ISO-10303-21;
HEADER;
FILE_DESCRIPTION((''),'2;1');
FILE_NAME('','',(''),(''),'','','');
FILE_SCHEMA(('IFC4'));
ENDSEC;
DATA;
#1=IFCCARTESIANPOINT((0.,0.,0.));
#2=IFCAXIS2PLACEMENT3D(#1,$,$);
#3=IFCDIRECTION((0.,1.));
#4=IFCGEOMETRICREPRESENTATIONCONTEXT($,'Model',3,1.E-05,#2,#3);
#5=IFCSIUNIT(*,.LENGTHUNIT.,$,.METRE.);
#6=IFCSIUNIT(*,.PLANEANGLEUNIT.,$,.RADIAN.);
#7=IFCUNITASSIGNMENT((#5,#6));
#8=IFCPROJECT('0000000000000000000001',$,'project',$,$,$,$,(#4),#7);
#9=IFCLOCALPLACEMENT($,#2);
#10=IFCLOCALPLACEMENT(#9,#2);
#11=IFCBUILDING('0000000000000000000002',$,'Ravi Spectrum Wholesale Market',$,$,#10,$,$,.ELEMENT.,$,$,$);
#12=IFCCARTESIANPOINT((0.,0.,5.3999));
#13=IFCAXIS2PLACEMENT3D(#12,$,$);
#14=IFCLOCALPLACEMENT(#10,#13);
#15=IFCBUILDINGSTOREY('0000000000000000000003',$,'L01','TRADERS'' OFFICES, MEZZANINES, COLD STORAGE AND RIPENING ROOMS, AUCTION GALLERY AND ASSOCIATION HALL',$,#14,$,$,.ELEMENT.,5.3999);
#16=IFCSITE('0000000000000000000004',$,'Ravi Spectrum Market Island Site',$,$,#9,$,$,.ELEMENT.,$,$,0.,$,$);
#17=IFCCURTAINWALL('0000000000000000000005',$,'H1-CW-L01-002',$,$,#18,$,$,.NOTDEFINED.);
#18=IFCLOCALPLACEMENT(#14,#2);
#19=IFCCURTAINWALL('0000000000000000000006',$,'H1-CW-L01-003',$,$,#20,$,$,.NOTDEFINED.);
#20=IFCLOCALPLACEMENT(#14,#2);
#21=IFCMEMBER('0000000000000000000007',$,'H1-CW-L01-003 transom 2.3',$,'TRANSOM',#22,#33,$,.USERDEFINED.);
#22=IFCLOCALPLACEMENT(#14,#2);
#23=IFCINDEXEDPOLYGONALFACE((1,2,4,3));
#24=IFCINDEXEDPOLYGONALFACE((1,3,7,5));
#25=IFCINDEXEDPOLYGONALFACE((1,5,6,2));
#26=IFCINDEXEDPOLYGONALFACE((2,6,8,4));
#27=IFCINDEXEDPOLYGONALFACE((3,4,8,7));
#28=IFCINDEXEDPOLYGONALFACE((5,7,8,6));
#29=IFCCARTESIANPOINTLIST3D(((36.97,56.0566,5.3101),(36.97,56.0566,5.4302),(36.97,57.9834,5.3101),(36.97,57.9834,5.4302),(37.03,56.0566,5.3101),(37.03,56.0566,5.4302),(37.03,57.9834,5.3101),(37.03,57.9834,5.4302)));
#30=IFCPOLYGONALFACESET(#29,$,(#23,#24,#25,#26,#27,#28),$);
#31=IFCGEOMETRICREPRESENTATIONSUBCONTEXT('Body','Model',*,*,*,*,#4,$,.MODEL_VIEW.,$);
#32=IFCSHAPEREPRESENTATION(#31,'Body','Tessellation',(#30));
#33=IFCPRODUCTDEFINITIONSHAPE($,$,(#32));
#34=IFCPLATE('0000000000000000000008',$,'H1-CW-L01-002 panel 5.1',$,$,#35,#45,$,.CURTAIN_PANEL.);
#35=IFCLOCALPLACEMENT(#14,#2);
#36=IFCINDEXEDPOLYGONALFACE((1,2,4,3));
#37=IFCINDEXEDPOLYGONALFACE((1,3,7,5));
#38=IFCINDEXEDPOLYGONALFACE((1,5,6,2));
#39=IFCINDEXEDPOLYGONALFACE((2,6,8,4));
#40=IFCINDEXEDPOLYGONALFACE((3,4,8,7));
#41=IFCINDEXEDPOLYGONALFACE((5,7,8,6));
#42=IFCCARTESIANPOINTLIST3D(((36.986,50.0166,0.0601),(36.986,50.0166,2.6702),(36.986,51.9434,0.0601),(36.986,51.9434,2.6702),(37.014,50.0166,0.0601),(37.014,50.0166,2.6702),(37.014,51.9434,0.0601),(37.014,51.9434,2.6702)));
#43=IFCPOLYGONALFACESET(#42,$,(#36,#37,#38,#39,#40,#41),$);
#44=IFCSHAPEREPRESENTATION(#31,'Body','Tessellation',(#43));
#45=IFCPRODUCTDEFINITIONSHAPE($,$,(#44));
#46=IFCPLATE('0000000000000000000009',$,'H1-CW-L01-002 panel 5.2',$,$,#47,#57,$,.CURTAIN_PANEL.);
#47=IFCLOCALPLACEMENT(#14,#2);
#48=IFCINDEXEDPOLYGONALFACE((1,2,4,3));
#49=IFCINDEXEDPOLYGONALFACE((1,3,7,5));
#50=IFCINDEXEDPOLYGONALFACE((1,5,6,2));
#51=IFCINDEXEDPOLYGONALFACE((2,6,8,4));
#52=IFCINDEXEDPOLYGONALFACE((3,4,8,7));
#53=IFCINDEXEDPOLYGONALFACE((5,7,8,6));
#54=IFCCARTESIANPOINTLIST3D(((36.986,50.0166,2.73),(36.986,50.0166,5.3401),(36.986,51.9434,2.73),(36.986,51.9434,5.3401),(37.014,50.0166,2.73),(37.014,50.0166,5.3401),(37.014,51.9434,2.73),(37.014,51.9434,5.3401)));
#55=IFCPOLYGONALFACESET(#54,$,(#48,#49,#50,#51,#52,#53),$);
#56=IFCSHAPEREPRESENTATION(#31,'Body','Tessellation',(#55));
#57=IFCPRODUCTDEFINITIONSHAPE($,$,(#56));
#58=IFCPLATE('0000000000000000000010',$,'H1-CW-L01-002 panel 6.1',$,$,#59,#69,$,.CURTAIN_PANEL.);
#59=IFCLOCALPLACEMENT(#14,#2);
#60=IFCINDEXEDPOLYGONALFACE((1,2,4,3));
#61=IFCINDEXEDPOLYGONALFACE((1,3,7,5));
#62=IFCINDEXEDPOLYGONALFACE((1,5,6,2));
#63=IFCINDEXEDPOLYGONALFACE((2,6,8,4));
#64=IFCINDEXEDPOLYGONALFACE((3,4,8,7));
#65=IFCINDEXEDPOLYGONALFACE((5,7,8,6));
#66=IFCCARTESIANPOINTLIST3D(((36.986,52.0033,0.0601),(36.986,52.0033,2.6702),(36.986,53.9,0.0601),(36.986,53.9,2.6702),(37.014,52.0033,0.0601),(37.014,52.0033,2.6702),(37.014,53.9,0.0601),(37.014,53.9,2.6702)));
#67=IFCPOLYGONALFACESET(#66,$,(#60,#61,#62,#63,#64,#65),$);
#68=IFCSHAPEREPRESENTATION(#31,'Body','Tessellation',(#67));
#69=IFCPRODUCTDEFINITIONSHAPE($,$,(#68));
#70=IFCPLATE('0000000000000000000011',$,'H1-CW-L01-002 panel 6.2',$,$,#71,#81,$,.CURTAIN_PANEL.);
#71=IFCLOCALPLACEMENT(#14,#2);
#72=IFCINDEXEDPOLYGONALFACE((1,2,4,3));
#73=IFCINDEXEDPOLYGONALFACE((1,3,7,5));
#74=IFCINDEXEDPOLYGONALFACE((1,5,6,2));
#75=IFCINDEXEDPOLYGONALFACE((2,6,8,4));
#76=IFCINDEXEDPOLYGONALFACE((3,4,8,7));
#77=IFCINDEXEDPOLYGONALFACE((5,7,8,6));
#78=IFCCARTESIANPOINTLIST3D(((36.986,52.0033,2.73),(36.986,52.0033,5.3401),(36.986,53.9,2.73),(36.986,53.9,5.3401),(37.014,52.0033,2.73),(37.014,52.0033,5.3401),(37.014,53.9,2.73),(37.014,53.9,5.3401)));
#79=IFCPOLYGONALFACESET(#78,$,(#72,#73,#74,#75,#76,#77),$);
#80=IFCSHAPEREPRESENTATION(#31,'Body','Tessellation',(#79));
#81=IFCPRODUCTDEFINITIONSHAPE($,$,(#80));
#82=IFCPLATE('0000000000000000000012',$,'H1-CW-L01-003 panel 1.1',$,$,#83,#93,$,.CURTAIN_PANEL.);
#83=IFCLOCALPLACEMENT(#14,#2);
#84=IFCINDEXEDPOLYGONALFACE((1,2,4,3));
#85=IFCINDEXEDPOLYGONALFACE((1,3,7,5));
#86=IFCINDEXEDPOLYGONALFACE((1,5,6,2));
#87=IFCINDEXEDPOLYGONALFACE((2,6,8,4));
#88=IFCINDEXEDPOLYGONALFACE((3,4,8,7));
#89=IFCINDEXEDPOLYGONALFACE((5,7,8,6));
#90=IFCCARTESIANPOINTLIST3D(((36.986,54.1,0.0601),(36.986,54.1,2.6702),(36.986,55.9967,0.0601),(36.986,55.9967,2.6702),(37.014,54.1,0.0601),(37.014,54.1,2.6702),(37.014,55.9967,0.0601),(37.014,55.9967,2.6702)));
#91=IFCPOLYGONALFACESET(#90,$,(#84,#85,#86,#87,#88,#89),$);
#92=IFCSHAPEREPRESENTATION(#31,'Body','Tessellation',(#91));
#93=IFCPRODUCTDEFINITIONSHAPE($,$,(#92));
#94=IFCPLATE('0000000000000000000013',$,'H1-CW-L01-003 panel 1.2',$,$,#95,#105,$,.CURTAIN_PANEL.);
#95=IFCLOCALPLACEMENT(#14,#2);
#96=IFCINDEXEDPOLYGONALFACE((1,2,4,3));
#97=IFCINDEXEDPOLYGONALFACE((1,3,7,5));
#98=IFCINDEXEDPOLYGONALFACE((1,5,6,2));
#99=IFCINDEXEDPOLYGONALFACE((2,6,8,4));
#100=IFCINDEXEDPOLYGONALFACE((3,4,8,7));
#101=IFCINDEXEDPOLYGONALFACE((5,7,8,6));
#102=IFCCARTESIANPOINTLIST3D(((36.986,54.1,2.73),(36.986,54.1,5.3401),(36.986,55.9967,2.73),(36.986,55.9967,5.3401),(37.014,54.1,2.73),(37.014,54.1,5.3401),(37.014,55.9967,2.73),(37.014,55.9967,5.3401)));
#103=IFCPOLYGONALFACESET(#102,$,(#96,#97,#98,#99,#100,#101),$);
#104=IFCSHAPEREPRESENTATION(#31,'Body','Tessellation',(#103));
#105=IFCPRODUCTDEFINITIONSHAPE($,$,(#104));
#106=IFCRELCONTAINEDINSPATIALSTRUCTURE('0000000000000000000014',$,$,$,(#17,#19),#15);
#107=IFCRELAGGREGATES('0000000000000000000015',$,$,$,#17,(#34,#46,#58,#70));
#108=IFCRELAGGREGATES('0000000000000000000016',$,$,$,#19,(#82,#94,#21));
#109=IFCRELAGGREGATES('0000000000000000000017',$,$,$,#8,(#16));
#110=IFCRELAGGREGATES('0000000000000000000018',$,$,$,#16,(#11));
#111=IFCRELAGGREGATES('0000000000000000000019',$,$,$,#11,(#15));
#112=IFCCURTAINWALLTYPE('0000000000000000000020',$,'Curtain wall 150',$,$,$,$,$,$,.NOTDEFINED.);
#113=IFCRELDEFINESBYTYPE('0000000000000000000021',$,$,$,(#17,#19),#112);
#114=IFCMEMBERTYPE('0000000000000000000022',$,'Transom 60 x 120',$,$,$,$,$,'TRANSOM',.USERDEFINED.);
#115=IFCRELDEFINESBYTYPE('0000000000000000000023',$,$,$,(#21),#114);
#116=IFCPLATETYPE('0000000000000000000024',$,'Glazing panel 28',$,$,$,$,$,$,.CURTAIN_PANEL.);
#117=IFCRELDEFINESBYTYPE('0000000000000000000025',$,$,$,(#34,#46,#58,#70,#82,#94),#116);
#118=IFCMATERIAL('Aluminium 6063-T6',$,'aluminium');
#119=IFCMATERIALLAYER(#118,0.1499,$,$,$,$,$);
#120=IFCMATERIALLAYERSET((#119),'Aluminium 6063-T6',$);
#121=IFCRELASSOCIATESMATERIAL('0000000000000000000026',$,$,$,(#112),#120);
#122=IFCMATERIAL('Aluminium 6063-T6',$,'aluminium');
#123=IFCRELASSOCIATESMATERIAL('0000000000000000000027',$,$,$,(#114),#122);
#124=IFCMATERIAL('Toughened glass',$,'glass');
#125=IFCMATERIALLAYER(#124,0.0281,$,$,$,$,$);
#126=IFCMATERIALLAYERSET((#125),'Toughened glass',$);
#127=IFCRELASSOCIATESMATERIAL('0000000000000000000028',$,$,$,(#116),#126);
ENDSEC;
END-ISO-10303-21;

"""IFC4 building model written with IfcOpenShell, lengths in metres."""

from ifc_helpers import new_model, si_unit, direction, frame, origin, origin_2d, place, context, subcontext, project, spatial, rectangle, extrude, material, layer, layer_set, material_profile, profile_set, type_object, element, aggregate, save


model = new_model("IFC4")

# Units and contexts
model_context = context("Model", 3, precision=1e-05, world=origin(), true_north=direction((0.0, 1.0)))
body_context = subcontext(model_context, "Body", "Model", "MODEL_VIEW")
ifc_project = project(units=[si_unit("LENGTHUNIT", "METRE"), si_unit("PLANEANGLEUNIT", "RADIAN")], contexts=[model_context])

# Site, building, storey
site_placement = place(None, origin())
site = spatial("IfcSite", under=ifc_project, at=site_placement, Name="Ravi Spectrum Market Island Site", CompositionType="ELEMENT", RefElevation=0.0)
building_placement = place(site_placement, origin())
building = spatial("IfcBuilding", under=site, at=building_placement, Name="Ravi Spectrum Wholesale Market", CompositionType="ELEMENT")
storey_placement = place(building_placement, frame((0.0, 0.0, 5.3999)))
storey = spatial("IfcBuildingStorey", under=building, at=storey_placement, Name="L01", Description="TRADERS' OFFICES, MEZZANINES, COLD STORAGE AND RIPENING ROOMS, AUCTION GALLERY AND ASSOCIATION HALL", CompositionType="ELEMENT", Elevation=5.3999)

# Curtain walls
ifc_material_1 = material(Name="Aluminium 6063-T6", Category="aluminium")
ifc_layer_1 = layer(ifc_material_1, 0.1499)
ifc_layer_set_1 = layer_set([ifc_layer_1], Name="Aluminium 6063-T6")
curtain_wall_type = type_object("IfcCurtainWallType", Name="Curtain wall 150", PredefinedType="NOTDEFINED", material=ifc_layer_set_1)
curtain_wall_1_placement = place(storey_placement, origin())
curtain_wall_1 = element("IfcCurtainWall", 1, at=curtain_wall_1_placement, inside=storey, type_object=curtain_wall_type, Name="H1-CW-L01-002", PredefinedType="NOTDEFINED")
curtain_wall_2_placement = place(storey_placement, origin())
curtain_wall_2 = element("IfcCurtainWall", 2, at=curtain_wall_2_placement, inside=storey, type_object=curtain_wall_type, Name="H1-CW-L01-003", PredefinedType="NOTDEFINED")

# Member
ifc_material_2 = material(Name="Aluminium 6063-T6", Category="aluminium")
ifc_material_profile_1 = material_profile(ifc_material_2, rectangle(XDim=0.0601, YDim=0.1201, at=origin_2d()))
ifc_profile_set_1 = profile_set([ifc_material_profile_1], Name="Aluminium 6063-T6")
member_type_1 = type_object("IfcMemberType", Name="Transom 60 x 120", ElementType="TRANSOM", PredefinedType="USERDEFINED", material=ifc_profile_set_1)
member_1_placement = place(storey_placement, frame((37.0, 56.0566, 5.3701), z_axis=(0.0, 1.0, 0.0), x_axis=(-1.0, 0.0, 0.0)))
member_1 = element("IfcMember", 3, at=member_1_placement, type_object=member_type_1, Name="H1-CW-L01-003 transom 2.3", ObjectType="TRANSOM", PredefinedType="USERDEFINED", context=body_context, shape_type="SweptSolid", body=[
    extrude(rectangle(XDim=0.0601, YDim=0.1201, at=origin_2d()), origin(), (0.0, 0.0, 1.0), 1.9268),
])

# Plates
ifc_material_3 = material(Name="Toughened glass", Category="glass")
ifc_layer_2 = layer(ifc_material_3, 0.0281)
ifc_layer_set_2 = layer_set([ifc_layer_2], Name="Toughened glass")
plate_type = type_object("IfcPlateType", Name="Glazing panel 28", PredefinedType="CURTAIN_PANEL", material=ifc_layer_set_2)
plate_1_placement = place(storey_placement, frame((37.0, 50.98, 0.0601), z_axis=(0.0, 0.0, 1.0), x_axis=(0.0, 1.0, 0.0)))
plate_1 = element("IfcPlate", 4, at=plate_1_placement, type_object=plate_type, Name="H1-CW-L01-002 panel 5.1", PredefinedType="CURTAIN_PANEL", context=body_context, shape_type="SweptSolid", body=[
    extrude(rectangle(XDim=1.9268, YDim=0.0281, at=origin_2d()), origin(), (0.0, 0.0, 1.0), 2.6101),
])
plate_2_placement = place(storey_placement, frame((37.0, 50.98, 2.73), z_axis=(0.0, 0.0, 1.0), x_axis=(0.0, 1.0, 0.0)))
plate_2 = element("IfcPlate", 5, at=plate_2_placement, type_object=plate_type, Name="H1-CW-L01-002 panel 5.2", PredefinedType="CURTAIN_PANEL", context=body_context, shape_type="SweptSolid", body=[
    extrude(rectangle(XDim=1.9268, YDim=0.0281, at=origin_2d()), origin(), (0.0, 0.0, 1.0), 2.6101),
])
plate_3_placement = place(storey_placement, frame((37.0, 52.9517, 0.0601), z_axis=(0.0, 0.0, 1.0), x_axis=(0.0, 1.0, 0.0)))
plate_3 = element("IfcPlate", 6, at=plate_3_placement, type_object=plate_type, Name="H1-CW-L01-002 panel 6.1", PredefinedType="CURTAIN_PANEL", context=body_context, shape_type="SweptSolid", body=[
    extrude(rectangle(XDim=1.8967, YDim=0.0281, at=origin_2d()), origin(), (0.0, 0.0, 1.0), 2.6101),
])
plate_4_placement = place(storey_placement, frame((37.0, 52.9517, 2.73), z_axis=(0.0, 0.0, 1.0), x_axis=(0.0, 1.0, 0.0)))
plate_4 = element("IfcPlate", 7, at=plate_4_placement, type_object=plate_type, Name="H1-CW-L01-002 panel 6.2", PredefinedType="CURTAIN_PANEL", context=body_context, shape_type="SweptSolid", body=[
    extrude(rectangle(XDim=1.8967, YDim=0.0281, at=origin_2d()), origin(), (0.0, 0.0, 1.0), 2.6101),
])
aggregate(curtain_wall_1, [plate_1, plate_2, plate_3, plate_4])
plate_5_placement = place(storey_placement, frame((37.0, 55.0483, 0.0601), z_axis=(0.0, 0.0, 1.0), x_axis=(0.0, 1.0, 0.0)))
plate_5 = element("IfcPlate", 8, at=plate_5_placement, type_object=plate_type, Name="H1-CW-L01-003 panel 1.1", PredefinedType="CURTAIN_PANEL", context=body_context, shape_type="SweptSolid", body=[
    extrude(rectangle(XDim=1.8967, YDim=0.0281, at=origin_2d()), origin(), (0.0, 0.0, 1.0), 2.6101),
])
plate_6_placement = place(storey_placement, frame((37.0, 55.0483, 2.73), z_axis=(0.0, 0.0, 1.0), x_axis=(0.0, 1.0, 0.0)))
plate_6 = element("IfcPlate", 9, at=plate_6_placement, type_object=plate_type, Name="H1-CW-L01-003 panel 1.2", PredefinedType="CURTAIN_PANEL", context=body_context, shape_type="SweptSolid", body=[
    extrude(rectangle(XDim=1.8967, YDim=0.0281, at=origin_2d()), origin(), (0.0, 0.0, 1.0), 2.6101),
])
aggregate(curtain_wall_2, [plate_5, plate_6, member_1])

save(model, "model.ifc")
